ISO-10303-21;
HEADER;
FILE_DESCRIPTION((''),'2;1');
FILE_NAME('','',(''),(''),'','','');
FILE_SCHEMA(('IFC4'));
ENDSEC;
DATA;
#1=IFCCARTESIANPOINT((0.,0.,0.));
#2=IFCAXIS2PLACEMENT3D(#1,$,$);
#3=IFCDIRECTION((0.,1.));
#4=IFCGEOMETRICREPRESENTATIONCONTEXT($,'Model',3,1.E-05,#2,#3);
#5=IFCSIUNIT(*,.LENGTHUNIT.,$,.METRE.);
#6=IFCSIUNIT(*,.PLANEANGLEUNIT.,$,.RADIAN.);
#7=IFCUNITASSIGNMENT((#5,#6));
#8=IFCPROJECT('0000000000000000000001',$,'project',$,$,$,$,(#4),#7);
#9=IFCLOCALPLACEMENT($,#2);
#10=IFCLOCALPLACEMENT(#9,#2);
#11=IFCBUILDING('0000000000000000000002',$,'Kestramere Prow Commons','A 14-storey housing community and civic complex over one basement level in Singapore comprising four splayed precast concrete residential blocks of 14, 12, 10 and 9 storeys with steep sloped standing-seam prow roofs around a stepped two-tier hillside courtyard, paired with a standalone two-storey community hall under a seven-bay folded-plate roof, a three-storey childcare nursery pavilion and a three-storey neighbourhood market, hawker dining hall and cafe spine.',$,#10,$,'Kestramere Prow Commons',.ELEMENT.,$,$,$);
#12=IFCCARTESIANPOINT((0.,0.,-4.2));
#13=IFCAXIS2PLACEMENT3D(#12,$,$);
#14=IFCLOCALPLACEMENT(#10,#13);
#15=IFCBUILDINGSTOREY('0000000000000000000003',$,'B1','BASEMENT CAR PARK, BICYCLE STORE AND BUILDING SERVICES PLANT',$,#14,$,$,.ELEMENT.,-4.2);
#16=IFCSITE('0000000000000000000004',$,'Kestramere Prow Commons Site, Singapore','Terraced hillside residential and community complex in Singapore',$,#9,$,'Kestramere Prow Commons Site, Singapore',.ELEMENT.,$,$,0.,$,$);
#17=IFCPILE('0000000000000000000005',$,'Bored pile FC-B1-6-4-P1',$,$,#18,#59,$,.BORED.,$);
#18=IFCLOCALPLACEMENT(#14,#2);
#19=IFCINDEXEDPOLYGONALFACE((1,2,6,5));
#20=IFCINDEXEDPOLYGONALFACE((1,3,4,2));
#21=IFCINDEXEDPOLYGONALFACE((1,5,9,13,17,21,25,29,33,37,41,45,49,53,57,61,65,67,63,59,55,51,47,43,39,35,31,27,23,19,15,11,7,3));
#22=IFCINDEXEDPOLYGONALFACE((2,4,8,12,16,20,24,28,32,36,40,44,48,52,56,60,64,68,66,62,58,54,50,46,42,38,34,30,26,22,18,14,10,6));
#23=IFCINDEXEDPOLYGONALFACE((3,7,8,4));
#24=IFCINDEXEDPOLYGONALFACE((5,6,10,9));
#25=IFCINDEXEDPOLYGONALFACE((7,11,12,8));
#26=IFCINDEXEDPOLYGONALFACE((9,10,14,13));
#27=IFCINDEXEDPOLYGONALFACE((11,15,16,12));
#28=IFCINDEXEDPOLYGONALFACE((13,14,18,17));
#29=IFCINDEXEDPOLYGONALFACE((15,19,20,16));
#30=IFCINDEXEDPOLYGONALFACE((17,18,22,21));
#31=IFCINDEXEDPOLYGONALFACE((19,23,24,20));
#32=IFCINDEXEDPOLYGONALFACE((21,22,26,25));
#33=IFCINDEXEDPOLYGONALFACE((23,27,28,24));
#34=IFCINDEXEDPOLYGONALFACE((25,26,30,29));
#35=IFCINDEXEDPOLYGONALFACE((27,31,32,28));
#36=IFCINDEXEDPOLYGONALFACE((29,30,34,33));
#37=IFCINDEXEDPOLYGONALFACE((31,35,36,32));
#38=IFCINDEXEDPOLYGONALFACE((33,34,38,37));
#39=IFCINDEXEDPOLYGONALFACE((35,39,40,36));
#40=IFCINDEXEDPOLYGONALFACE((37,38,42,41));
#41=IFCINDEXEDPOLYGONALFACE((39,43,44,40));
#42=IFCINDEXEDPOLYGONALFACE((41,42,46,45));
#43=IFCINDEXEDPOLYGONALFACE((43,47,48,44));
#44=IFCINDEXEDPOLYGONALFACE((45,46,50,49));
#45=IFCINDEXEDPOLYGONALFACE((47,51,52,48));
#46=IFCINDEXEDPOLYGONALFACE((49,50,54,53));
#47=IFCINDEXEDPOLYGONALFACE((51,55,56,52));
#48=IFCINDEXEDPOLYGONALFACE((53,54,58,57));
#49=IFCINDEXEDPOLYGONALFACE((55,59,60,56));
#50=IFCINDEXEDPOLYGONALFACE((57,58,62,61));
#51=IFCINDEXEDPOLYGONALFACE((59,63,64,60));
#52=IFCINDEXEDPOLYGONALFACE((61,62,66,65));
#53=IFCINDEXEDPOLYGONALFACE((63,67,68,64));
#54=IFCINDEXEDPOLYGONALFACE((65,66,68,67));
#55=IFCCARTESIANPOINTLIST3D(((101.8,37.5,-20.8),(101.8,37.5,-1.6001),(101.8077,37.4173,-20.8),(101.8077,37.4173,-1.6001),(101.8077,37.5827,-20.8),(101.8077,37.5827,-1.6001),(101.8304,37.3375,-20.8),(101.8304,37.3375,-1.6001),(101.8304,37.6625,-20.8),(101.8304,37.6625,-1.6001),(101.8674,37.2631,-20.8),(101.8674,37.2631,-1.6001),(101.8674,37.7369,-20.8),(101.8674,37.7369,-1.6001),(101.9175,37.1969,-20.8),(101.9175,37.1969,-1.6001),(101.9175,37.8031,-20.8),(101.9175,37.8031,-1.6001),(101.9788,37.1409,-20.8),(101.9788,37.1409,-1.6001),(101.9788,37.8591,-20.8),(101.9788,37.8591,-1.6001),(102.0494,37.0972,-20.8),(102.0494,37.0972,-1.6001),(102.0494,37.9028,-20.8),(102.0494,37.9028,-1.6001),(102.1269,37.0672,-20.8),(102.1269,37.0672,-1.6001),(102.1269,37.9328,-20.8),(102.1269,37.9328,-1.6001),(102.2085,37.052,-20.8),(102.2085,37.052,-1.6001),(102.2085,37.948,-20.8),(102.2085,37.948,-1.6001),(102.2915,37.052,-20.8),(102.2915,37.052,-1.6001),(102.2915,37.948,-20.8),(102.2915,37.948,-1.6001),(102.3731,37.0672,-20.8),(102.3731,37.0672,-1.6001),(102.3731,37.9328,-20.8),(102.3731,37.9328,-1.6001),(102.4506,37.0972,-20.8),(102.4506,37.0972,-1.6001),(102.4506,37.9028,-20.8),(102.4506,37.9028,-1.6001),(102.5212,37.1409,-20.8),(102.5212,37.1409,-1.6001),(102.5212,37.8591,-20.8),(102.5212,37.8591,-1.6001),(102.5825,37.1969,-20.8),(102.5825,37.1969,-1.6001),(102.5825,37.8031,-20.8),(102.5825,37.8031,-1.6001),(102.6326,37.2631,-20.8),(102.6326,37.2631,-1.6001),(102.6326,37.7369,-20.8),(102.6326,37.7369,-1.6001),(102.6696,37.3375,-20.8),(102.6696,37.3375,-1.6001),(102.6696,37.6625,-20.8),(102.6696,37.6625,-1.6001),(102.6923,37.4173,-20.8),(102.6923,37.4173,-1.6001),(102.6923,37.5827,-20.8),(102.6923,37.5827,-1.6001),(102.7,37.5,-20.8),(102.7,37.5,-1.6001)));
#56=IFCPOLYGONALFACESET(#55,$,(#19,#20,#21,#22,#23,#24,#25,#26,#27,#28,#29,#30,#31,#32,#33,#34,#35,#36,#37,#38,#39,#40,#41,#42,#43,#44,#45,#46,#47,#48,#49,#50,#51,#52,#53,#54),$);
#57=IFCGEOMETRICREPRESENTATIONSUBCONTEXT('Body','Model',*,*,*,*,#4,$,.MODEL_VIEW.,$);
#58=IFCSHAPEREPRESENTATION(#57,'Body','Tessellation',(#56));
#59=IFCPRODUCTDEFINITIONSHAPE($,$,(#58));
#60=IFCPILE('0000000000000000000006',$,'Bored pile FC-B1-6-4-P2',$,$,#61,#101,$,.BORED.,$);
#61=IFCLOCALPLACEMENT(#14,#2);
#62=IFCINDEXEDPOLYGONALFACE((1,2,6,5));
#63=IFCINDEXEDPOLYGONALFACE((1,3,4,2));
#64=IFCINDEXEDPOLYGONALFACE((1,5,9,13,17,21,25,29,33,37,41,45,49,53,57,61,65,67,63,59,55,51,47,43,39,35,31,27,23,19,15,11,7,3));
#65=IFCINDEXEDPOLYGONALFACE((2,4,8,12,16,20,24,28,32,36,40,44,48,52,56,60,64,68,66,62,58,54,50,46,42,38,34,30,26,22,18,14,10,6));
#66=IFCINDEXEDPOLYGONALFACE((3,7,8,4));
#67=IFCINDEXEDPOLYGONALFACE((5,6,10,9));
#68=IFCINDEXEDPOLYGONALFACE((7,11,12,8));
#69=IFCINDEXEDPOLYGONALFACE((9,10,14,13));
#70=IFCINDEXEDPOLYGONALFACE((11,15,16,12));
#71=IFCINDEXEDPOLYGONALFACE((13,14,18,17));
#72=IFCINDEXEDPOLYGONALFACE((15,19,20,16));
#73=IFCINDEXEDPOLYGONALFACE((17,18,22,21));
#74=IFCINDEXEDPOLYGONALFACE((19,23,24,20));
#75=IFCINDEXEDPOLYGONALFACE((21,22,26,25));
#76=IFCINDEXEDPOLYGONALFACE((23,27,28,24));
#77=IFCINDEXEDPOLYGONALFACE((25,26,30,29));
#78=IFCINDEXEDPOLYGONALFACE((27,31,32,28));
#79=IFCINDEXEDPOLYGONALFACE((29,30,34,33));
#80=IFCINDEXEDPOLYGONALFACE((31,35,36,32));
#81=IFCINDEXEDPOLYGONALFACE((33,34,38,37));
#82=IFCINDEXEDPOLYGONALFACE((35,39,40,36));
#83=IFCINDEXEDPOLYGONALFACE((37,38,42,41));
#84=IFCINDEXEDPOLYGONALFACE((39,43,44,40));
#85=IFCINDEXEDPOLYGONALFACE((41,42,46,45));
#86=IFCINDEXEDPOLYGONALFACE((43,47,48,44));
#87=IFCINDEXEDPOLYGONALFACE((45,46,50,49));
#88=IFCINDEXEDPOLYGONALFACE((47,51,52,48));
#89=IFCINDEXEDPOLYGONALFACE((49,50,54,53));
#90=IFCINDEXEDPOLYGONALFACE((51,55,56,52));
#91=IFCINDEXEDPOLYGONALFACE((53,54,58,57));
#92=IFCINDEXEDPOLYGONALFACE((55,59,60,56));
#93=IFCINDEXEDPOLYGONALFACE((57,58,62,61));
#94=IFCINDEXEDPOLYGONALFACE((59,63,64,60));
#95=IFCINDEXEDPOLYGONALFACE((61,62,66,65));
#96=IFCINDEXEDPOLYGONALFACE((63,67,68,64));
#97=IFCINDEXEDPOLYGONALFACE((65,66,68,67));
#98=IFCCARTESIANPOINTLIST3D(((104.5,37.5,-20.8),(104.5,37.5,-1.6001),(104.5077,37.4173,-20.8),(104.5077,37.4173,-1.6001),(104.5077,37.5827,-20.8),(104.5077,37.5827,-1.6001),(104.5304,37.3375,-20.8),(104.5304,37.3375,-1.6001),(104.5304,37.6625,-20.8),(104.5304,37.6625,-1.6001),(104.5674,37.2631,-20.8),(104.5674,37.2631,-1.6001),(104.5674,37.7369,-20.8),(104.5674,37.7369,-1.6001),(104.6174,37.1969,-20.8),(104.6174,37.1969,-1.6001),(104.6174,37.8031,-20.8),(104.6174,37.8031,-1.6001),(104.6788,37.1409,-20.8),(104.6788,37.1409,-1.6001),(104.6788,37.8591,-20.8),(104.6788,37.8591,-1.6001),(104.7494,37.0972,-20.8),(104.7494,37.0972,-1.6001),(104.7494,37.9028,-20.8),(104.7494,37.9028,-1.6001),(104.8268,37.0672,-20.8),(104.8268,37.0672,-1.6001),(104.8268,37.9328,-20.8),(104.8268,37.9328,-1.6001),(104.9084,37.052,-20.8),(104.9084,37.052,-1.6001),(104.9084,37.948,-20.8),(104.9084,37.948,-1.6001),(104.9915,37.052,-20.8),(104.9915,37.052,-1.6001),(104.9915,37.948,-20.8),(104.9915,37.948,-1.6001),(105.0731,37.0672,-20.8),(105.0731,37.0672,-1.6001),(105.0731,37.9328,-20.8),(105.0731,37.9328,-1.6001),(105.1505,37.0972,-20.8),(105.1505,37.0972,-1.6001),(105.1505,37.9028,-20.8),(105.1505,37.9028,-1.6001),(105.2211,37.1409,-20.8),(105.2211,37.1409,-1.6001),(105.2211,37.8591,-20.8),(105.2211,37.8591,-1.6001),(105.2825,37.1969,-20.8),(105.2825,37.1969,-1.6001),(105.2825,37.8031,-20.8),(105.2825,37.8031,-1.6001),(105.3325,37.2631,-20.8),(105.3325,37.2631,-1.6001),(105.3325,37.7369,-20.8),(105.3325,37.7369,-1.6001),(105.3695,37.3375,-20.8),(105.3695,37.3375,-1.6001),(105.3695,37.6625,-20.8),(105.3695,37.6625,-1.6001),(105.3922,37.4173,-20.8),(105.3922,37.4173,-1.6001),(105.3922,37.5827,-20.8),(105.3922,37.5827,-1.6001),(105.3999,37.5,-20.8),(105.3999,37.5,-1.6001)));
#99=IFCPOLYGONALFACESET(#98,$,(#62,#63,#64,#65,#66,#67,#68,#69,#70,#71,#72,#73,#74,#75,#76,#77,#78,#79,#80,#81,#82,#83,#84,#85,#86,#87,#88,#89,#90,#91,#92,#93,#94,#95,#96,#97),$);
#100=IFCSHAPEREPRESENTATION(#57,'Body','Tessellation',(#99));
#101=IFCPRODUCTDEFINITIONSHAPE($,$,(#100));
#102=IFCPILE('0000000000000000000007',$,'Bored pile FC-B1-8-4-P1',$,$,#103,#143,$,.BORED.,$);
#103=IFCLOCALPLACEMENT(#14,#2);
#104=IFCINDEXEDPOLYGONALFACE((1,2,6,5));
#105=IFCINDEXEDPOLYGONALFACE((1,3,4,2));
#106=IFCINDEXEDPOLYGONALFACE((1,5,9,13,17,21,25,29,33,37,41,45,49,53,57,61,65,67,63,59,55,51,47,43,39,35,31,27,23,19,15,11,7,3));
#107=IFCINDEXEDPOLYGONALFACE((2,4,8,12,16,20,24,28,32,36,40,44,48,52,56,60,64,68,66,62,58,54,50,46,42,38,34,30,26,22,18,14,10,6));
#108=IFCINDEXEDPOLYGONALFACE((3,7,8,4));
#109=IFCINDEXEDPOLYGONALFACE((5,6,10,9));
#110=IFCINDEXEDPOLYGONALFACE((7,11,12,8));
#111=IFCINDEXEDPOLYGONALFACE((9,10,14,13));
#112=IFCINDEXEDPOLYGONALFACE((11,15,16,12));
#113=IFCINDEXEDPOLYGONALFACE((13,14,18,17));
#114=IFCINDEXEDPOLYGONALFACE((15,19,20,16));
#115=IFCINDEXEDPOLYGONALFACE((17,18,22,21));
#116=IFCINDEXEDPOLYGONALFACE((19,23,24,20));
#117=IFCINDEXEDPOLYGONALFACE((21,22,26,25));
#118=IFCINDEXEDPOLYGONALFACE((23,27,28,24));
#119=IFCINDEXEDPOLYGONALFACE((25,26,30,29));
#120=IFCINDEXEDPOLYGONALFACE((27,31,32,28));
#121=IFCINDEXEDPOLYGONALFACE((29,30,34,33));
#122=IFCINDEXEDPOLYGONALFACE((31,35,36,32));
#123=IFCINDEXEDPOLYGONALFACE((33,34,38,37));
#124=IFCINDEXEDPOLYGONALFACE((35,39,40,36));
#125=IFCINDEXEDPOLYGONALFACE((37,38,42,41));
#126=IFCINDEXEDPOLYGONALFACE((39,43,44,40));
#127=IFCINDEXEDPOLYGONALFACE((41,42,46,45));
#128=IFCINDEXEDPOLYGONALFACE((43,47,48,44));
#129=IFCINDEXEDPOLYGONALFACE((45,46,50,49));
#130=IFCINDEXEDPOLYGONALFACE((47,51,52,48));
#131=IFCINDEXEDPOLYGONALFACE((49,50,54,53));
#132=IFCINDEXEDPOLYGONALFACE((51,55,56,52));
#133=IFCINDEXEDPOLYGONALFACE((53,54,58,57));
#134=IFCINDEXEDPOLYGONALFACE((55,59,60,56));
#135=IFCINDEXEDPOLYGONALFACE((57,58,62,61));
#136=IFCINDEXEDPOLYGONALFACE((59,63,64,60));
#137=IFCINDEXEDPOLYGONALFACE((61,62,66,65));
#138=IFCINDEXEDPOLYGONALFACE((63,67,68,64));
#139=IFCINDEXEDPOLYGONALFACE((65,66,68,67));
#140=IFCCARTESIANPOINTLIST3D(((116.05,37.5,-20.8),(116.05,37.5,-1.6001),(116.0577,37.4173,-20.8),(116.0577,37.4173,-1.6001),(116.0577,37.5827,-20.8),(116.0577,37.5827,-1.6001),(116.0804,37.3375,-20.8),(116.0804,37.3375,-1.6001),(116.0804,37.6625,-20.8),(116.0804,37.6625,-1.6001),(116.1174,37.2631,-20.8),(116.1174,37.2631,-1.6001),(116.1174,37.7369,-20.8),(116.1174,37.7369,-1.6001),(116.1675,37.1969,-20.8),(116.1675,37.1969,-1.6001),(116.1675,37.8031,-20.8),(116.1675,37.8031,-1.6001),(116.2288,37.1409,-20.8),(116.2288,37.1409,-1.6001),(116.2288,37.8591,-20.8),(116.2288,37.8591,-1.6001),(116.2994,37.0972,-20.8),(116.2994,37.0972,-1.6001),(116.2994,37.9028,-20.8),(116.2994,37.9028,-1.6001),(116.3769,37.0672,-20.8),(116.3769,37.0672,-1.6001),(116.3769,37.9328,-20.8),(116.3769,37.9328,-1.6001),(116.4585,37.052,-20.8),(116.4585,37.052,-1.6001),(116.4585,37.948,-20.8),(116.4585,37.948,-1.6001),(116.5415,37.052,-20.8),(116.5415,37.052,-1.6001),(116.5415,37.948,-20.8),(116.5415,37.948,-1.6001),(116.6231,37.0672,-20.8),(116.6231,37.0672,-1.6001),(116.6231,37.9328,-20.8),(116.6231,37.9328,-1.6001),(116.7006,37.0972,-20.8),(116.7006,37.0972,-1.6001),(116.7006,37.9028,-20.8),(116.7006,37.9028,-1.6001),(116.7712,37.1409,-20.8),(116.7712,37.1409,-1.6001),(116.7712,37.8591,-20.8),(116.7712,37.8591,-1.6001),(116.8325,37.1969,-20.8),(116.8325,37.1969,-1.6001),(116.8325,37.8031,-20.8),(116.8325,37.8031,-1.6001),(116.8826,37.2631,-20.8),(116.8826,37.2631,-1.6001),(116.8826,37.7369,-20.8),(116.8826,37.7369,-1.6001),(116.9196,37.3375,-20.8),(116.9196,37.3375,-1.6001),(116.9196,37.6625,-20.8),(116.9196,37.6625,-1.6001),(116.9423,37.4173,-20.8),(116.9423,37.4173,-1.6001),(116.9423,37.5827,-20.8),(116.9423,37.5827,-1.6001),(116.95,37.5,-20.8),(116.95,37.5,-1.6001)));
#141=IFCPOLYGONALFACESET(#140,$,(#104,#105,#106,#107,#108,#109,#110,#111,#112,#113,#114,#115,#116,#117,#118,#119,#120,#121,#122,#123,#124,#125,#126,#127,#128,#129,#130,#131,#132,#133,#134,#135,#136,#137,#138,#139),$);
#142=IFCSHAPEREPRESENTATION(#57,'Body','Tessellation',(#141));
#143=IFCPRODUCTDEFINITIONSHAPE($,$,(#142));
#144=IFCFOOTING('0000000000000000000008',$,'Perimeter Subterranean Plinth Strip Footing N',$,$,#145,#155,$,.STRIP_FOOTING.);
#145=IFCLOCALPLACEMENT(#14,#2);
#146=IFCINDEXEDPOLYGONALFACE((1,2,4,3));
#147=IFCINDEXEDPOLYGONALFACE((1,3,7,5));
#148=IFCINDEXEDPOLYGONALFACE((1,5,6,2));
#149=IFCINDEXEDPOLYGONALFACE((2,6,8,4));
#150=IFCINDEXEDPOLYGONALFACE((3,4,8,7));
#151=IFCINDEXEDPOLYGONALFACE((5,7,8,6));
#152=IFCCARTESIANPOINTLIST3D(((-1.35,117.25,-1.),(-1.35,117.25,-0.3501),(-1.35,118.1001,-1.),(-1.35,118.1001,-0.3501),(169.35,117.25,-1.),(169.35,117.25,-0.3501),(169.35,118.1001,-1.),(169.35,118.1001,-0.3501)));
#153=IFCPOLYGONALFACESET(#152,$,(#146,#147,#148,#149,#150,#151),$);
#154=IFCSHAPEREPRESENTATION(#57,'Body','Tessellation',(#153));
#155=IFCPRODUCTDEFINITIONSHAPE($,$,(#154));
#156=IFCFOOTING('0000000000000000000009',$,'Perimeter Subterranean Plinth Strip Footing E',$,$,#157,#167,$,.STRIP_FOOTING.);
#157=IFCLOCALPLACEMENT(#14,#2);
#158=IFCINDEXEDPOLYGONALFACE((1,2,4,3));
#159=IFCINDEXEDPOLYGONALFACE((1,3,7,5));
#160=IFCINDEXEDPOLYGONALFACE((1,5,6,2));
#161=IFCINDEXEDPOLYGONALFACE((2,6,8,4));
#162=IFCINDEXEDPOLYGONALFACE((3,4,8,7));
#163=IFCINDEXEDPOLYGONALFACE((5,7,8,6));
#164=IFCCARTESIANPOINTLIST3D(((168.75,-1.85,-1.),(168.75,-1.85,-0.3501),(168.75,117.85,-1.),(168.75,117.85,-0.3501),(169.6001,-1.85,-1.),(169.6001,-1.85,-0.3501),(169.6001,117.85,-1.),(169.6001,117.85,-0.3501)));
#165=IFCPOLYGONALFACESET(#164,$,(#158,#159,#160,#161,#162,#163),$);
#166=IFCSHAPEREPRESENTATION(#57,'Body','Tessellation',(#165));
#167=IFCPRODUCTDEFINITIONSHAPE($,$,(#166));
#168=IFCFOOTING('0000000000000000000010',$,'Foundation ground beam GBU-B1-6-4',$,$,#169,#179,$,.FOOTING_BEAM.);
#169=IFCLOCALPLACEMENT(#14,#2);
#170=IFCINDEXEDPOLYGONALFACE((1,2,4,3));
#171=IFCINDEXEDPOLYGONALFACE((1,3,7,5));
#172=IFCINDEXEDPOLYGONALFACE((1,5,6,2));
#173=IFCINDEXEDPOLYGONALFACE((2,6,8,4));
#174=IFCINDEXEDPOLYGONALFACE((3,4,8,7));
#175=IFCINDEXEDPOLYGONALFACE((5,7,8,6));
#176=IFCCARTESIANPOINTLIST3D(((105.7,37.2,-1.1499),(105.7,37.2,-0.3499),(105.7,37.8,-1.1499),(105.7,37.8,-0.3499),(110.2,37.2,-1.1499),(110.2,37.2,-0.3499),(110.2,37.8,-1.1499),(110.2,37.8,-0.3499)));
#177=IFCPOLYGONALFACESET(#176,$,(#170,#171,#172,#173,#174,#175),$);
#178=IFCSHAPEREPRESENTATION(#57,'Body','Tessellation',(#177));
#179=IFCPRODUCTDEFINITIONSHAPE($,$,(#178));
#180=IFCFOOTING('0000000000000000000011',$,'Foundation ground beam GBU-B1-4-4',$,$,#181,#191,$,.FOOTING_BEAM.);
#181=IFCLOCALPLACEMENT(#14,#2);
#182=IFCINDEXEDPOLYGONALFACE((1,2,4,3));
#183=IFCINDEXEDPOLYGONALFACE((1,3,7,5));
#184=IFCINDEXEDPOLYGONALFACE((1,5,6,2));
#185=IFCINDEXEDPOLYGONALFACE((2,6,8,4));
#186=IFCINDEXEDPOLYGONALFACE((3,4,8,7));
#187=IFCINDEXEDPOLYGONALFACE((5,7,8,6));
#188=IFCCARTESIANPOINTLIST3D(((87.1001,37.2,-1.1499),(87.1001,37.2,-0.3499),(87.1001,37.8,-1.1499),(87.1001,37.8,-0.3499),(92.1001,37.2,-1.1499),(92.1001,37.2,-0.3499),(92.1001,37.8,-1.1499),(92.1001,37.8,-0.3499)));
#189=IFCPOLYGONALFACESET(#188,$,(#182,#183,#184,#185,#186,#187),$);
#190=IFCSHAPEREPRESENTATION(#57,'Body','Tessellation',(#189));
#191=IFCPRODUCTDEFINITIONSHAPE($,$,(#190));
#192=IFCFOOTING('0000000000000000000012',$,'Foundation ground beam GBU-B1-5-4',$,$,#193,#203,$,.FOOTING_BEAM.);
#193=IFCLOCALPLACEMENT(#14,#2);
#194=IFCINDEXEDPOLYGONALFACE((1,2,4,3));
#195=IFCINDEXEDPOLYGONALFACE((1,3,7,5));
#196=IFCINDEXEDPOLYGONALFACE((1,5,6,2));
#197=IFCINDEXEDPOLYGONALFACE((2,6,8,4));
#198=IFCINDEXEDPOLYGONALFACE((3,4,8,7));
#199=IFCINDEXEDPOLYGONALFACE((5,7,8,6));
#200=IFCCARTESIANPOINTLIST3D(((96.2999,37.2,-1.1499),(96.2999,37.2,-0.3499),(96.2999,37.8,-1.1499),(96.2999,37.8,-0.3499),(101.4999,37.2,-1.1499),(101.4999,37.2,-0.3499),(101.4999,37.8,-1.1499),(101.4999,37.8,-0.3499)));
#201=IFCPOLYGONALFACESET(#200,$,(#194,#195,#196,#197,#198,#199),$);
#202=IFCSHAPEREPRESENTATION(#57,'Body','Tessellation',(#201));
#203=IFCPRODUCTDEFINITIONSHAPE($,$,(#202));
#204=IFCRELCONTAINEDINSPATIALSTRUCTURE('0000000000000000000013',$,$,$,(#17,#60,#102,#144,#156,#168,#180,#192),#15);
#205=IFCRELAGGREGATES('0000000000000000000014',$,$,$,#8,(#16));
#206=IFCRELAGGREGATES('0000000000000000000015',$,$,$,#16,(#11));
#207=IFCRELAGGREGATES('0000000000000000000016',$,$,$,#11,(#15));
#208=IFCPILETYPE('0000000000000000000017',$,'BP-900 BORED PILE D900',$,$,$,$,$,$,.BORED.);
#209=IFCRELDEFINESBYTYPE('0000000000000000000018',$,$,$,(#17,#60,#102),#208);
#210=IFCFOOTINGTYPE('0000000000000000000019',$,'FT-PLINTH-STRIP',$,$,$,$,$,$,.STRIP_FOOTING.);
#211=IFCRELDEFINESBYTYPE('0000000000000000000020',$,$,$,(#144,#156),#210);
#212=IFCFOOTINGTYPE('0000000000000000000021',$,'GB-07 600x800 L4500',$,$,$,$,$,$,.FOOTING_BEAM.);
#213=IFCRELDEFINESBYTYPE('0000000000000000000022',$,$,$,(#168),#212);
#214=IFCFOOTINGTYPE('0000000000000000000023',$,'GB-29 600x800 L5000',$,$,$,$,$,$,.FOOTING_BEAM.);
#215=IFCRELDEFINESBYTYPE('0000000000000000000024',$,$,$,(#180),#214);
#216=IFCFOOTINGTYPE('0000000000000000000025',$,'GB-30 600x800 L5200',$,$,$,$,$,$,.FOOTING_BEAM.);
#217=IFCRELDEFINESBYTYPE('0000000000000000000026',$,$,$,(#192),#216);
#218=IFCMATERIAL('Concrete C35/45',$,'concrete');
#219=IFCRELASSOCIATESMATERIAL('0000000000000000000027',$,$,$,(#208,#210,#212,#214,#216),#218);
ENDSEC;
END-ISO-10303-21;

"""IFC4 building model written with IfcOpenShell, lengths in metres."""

from ifc_helpers import new_model, si_unit, direction, frame, origin, origin_2d, place, context, subcontext, project, spatial, rectangle, circle, extrude, material, material_profile, profile_set, type_object, element, save


model = new_model("IFC4")

# Units and contexts
model_context = context("Model", 3, precision=1e-05, world=origin(), true_north=direction((0.0, 1.0)))
body_context = subcontext(model_context, "Body", "Model", "MODEL_VIEW")
ifc_project = project(units=[si_unit("LENGTHUNIT", "METRE"), si_unit("PLANEANGLEUNIT", "RADIAN")], contexts=[model_context])

# Site, building, storey
site_placement = place(None, origin())
site = spatial("IfcSite", under=ifc_project, at=site_placement, Name="Kestramere Prow Commons Site, Singapore", Description="Terraced hillside residential and community complex in Singapore", LongName="Kestramere Prow Commons Site, Singapore", CompositionType="ELEMENT", RefElevation=0.0)
building_placement = place(site_placement, origin())
building = spatial("IfcBuilding", under=site, at=building_placement, Name="Kestramere Prow Commons", Description="A 14-storey housing community and civic complex over one basement level in Singapore comprising four splayed precast concrete residential blocks of 14, 12, 10 and 9 storeys with steep sloped standing-seam prow roofs around a stepped two-tier hillside courtyard, paired with a standalone two-storey community hall under a seven-bay folded-plate roof, a three-storey childcare nursery pavilion and a three-storey neighbourhood market, hawker dining hall and cafe spine.", LongName="Kestramere Prow Commons", CompositionType="ELEMENT")
storey_placement = place(building_placement, frame((0.0, 0.0, -4.2)))
storey = spatial("IfcBuildingStorey", under=building, at=storey_placement, Name="B1", Description="BASEMENT CAR PARK, BICYCLE STORE AND BUILDING SERVICES PLANT", CompositionType="ELEMENT", Elevation=-4.2)

# Piles
ifc_material = material(Name="Concrete C35/45", Category="concrete")
ifc_material_profile_1 = material_profile(ifc_material, circle(Radius=0.45, at=origin_2d()), Name="BORED PILE D900")
ifc_profile_set_1 = profile_set([ifc_material_profile_1], Name="Concrete C35/45")
pile_type_1 = type_object("IfcPileType", Name="BP-900 BORED PILE D900", PredefinedType="BORED", material=ifc_profile_set_1)
for number, where, z_axis, x_axis, name in (
    (1, (102.25, 37.5, -1.6001), (0.0, 0.0, -1.0), (1.0, 0.0, 0.0), "Bored pile FC-B1-6-4-P1"),
    (2, (104.95, 37.5, -1.6001), (0.0, 0.0, -1.0), (1.0, 0.0, 0.0), "Bored pile FC-B1-6-4-P2"),
    (3, (116.5, 37.5, -1.6001), (0.0, 0.0, -1.0), (1.0, 0.0, 0.0), "Bored pile FC-B1-8-4-P1"),
):
    element("IfcPile", number, at=place(storey_placement, frame(where, z_axis=z_axis, x_axis=x_axis)), inside=storey, type_object=pile_type_1, Name=name, PredefinedType="BORED", context=body_context, shape_type="SweptSolid", body=[
        extrude(circle(Radius=0.45, at=origin_2d()), origin(), (0.0, 0.0, 1.0), 19.2),
    ])

# Footings
footing_type_1 = type_object("IfcFootingType", Name="FT-PLINTH-STRIP", PredefinedType="STRIP_FOOTING", material=ifc_material)
footing_1_placement = place(storey_placement, frame((84.0, 117.675, -1.0), z_axis=(0.0, 0.0, 1.0), x_axis=(1.0, 0.0, 0.0)))
element("IfcFooting", 4, at=footing_1_placement, inside=storey, type_object=footing_type_1, Name="Perimeter Subterranean Plinth Strip Footing N", PredefinedType="STRIP_FOOTING", context=body_context, shape_type="SweptSolid", body=[
    extrude(rectangle(XDim=170.7, YDim=0.8501, at=origin_2d()), origin(), (0.0, 0.0, 1.0), 0.6499),
])
footing_2_placement = place(storey_placement, frame((169.175, 58.0, -1.0), z_axis=(0.0, 0.0, 1.0), x_axis=(1.0, 0.0, 0.0)))
element("IfcFooting", 5, at=footing_2_placement, inside=storey, type_object=footing_type_1, Name="Perimeter Subterranean Plinth Strip Footing E", PredefinedType="STRIP_FOOTING", context=body_context, shape_type="SweptSolid", body=[
    extrude(rectangle(XDim=0.8501, YDim=119.7, at=origin_2d()), origin(), (0.0, 0.0, 1.0), 0.6499),
])
footing_type_2 = type_object("IfcFootingType", Name="GB-07 600x800 L4500", PredefinedType="FOOTING_BEAM", material=ifc_material)
footing_3_placement = place(storey_placement, frame((107.95, 37.5, -1.1499), z_axis=(0.0, 0.0, 1.0), x_axis=(1.0, 0.0, 0.0)))
element("IfcFooting", 6, at=footing_3_placement, inside=storey, type_object=footing_type_2, Name="Foundation ground beam GBU-B1-6-4", PredefinedType="FOOTING_BEAM", context=body_context, shape_type="SweptSolid", body=[
    extrude(rectangle(XDim=4.5, YDim=0.6001, at=origin_2d()), origin(), (0.0, 0.0, 1.0), 0.8),
])
footing_type_3 = type_object("IfcFootingType", Name="GB-29 600x800 L5000", PredefinedType="FOOTING_BEAM", material=ifc_material)
footing_4_placement = place(storey_placement, frame((89.6001, 37.5, -1.1499), z_axis=(0.0, 0.0, 1.0), x_axis=(1.0, 0.0, 0.0)))
element("IfcFooting", 7, at=footing_4_placement, inside=storey, type_object=footing_type_3, Name="Foundation ground beam GBU-B1-4-4", PredefinedType="FOOTING_BEAM", context=body_context, shape_type="SweptSolid", body=[
    extrude(rectangle(XDim=5.0, YDim=0.6001, at=origin_2d()), origin(), (0.0, 0.0, 1.0), 0.8),
])
footing_type_4 = type_object("IfcFootingType", Name="GB-30 600x800 L5200", PredefinedType="FOOTING_BEAM", material=ifc_material)
footing_5_placement = place(storey_placement, frame((98.8999, 37.5, -1.1499), z_axis=(0.0, 0.0, 1.0), x_axis=(1.0, 0.0, 0.0)))
element("IfcFooting", 8, at=footing_5_placement, inside=storey, type_object=footing_type_4, Name="Foundation ground beam GBU-B1-5-4", PredefinedType="FOOTING_BEAM", context=body_context, shape_type="SweptSolid", body=[
    extrude(rectangle(XDim=5.2, YDim=0.6001, at=origin_2d()), origin(), (0.0, 0.0, 1.0), 0.8),
])

save(model, "model.ifc")
